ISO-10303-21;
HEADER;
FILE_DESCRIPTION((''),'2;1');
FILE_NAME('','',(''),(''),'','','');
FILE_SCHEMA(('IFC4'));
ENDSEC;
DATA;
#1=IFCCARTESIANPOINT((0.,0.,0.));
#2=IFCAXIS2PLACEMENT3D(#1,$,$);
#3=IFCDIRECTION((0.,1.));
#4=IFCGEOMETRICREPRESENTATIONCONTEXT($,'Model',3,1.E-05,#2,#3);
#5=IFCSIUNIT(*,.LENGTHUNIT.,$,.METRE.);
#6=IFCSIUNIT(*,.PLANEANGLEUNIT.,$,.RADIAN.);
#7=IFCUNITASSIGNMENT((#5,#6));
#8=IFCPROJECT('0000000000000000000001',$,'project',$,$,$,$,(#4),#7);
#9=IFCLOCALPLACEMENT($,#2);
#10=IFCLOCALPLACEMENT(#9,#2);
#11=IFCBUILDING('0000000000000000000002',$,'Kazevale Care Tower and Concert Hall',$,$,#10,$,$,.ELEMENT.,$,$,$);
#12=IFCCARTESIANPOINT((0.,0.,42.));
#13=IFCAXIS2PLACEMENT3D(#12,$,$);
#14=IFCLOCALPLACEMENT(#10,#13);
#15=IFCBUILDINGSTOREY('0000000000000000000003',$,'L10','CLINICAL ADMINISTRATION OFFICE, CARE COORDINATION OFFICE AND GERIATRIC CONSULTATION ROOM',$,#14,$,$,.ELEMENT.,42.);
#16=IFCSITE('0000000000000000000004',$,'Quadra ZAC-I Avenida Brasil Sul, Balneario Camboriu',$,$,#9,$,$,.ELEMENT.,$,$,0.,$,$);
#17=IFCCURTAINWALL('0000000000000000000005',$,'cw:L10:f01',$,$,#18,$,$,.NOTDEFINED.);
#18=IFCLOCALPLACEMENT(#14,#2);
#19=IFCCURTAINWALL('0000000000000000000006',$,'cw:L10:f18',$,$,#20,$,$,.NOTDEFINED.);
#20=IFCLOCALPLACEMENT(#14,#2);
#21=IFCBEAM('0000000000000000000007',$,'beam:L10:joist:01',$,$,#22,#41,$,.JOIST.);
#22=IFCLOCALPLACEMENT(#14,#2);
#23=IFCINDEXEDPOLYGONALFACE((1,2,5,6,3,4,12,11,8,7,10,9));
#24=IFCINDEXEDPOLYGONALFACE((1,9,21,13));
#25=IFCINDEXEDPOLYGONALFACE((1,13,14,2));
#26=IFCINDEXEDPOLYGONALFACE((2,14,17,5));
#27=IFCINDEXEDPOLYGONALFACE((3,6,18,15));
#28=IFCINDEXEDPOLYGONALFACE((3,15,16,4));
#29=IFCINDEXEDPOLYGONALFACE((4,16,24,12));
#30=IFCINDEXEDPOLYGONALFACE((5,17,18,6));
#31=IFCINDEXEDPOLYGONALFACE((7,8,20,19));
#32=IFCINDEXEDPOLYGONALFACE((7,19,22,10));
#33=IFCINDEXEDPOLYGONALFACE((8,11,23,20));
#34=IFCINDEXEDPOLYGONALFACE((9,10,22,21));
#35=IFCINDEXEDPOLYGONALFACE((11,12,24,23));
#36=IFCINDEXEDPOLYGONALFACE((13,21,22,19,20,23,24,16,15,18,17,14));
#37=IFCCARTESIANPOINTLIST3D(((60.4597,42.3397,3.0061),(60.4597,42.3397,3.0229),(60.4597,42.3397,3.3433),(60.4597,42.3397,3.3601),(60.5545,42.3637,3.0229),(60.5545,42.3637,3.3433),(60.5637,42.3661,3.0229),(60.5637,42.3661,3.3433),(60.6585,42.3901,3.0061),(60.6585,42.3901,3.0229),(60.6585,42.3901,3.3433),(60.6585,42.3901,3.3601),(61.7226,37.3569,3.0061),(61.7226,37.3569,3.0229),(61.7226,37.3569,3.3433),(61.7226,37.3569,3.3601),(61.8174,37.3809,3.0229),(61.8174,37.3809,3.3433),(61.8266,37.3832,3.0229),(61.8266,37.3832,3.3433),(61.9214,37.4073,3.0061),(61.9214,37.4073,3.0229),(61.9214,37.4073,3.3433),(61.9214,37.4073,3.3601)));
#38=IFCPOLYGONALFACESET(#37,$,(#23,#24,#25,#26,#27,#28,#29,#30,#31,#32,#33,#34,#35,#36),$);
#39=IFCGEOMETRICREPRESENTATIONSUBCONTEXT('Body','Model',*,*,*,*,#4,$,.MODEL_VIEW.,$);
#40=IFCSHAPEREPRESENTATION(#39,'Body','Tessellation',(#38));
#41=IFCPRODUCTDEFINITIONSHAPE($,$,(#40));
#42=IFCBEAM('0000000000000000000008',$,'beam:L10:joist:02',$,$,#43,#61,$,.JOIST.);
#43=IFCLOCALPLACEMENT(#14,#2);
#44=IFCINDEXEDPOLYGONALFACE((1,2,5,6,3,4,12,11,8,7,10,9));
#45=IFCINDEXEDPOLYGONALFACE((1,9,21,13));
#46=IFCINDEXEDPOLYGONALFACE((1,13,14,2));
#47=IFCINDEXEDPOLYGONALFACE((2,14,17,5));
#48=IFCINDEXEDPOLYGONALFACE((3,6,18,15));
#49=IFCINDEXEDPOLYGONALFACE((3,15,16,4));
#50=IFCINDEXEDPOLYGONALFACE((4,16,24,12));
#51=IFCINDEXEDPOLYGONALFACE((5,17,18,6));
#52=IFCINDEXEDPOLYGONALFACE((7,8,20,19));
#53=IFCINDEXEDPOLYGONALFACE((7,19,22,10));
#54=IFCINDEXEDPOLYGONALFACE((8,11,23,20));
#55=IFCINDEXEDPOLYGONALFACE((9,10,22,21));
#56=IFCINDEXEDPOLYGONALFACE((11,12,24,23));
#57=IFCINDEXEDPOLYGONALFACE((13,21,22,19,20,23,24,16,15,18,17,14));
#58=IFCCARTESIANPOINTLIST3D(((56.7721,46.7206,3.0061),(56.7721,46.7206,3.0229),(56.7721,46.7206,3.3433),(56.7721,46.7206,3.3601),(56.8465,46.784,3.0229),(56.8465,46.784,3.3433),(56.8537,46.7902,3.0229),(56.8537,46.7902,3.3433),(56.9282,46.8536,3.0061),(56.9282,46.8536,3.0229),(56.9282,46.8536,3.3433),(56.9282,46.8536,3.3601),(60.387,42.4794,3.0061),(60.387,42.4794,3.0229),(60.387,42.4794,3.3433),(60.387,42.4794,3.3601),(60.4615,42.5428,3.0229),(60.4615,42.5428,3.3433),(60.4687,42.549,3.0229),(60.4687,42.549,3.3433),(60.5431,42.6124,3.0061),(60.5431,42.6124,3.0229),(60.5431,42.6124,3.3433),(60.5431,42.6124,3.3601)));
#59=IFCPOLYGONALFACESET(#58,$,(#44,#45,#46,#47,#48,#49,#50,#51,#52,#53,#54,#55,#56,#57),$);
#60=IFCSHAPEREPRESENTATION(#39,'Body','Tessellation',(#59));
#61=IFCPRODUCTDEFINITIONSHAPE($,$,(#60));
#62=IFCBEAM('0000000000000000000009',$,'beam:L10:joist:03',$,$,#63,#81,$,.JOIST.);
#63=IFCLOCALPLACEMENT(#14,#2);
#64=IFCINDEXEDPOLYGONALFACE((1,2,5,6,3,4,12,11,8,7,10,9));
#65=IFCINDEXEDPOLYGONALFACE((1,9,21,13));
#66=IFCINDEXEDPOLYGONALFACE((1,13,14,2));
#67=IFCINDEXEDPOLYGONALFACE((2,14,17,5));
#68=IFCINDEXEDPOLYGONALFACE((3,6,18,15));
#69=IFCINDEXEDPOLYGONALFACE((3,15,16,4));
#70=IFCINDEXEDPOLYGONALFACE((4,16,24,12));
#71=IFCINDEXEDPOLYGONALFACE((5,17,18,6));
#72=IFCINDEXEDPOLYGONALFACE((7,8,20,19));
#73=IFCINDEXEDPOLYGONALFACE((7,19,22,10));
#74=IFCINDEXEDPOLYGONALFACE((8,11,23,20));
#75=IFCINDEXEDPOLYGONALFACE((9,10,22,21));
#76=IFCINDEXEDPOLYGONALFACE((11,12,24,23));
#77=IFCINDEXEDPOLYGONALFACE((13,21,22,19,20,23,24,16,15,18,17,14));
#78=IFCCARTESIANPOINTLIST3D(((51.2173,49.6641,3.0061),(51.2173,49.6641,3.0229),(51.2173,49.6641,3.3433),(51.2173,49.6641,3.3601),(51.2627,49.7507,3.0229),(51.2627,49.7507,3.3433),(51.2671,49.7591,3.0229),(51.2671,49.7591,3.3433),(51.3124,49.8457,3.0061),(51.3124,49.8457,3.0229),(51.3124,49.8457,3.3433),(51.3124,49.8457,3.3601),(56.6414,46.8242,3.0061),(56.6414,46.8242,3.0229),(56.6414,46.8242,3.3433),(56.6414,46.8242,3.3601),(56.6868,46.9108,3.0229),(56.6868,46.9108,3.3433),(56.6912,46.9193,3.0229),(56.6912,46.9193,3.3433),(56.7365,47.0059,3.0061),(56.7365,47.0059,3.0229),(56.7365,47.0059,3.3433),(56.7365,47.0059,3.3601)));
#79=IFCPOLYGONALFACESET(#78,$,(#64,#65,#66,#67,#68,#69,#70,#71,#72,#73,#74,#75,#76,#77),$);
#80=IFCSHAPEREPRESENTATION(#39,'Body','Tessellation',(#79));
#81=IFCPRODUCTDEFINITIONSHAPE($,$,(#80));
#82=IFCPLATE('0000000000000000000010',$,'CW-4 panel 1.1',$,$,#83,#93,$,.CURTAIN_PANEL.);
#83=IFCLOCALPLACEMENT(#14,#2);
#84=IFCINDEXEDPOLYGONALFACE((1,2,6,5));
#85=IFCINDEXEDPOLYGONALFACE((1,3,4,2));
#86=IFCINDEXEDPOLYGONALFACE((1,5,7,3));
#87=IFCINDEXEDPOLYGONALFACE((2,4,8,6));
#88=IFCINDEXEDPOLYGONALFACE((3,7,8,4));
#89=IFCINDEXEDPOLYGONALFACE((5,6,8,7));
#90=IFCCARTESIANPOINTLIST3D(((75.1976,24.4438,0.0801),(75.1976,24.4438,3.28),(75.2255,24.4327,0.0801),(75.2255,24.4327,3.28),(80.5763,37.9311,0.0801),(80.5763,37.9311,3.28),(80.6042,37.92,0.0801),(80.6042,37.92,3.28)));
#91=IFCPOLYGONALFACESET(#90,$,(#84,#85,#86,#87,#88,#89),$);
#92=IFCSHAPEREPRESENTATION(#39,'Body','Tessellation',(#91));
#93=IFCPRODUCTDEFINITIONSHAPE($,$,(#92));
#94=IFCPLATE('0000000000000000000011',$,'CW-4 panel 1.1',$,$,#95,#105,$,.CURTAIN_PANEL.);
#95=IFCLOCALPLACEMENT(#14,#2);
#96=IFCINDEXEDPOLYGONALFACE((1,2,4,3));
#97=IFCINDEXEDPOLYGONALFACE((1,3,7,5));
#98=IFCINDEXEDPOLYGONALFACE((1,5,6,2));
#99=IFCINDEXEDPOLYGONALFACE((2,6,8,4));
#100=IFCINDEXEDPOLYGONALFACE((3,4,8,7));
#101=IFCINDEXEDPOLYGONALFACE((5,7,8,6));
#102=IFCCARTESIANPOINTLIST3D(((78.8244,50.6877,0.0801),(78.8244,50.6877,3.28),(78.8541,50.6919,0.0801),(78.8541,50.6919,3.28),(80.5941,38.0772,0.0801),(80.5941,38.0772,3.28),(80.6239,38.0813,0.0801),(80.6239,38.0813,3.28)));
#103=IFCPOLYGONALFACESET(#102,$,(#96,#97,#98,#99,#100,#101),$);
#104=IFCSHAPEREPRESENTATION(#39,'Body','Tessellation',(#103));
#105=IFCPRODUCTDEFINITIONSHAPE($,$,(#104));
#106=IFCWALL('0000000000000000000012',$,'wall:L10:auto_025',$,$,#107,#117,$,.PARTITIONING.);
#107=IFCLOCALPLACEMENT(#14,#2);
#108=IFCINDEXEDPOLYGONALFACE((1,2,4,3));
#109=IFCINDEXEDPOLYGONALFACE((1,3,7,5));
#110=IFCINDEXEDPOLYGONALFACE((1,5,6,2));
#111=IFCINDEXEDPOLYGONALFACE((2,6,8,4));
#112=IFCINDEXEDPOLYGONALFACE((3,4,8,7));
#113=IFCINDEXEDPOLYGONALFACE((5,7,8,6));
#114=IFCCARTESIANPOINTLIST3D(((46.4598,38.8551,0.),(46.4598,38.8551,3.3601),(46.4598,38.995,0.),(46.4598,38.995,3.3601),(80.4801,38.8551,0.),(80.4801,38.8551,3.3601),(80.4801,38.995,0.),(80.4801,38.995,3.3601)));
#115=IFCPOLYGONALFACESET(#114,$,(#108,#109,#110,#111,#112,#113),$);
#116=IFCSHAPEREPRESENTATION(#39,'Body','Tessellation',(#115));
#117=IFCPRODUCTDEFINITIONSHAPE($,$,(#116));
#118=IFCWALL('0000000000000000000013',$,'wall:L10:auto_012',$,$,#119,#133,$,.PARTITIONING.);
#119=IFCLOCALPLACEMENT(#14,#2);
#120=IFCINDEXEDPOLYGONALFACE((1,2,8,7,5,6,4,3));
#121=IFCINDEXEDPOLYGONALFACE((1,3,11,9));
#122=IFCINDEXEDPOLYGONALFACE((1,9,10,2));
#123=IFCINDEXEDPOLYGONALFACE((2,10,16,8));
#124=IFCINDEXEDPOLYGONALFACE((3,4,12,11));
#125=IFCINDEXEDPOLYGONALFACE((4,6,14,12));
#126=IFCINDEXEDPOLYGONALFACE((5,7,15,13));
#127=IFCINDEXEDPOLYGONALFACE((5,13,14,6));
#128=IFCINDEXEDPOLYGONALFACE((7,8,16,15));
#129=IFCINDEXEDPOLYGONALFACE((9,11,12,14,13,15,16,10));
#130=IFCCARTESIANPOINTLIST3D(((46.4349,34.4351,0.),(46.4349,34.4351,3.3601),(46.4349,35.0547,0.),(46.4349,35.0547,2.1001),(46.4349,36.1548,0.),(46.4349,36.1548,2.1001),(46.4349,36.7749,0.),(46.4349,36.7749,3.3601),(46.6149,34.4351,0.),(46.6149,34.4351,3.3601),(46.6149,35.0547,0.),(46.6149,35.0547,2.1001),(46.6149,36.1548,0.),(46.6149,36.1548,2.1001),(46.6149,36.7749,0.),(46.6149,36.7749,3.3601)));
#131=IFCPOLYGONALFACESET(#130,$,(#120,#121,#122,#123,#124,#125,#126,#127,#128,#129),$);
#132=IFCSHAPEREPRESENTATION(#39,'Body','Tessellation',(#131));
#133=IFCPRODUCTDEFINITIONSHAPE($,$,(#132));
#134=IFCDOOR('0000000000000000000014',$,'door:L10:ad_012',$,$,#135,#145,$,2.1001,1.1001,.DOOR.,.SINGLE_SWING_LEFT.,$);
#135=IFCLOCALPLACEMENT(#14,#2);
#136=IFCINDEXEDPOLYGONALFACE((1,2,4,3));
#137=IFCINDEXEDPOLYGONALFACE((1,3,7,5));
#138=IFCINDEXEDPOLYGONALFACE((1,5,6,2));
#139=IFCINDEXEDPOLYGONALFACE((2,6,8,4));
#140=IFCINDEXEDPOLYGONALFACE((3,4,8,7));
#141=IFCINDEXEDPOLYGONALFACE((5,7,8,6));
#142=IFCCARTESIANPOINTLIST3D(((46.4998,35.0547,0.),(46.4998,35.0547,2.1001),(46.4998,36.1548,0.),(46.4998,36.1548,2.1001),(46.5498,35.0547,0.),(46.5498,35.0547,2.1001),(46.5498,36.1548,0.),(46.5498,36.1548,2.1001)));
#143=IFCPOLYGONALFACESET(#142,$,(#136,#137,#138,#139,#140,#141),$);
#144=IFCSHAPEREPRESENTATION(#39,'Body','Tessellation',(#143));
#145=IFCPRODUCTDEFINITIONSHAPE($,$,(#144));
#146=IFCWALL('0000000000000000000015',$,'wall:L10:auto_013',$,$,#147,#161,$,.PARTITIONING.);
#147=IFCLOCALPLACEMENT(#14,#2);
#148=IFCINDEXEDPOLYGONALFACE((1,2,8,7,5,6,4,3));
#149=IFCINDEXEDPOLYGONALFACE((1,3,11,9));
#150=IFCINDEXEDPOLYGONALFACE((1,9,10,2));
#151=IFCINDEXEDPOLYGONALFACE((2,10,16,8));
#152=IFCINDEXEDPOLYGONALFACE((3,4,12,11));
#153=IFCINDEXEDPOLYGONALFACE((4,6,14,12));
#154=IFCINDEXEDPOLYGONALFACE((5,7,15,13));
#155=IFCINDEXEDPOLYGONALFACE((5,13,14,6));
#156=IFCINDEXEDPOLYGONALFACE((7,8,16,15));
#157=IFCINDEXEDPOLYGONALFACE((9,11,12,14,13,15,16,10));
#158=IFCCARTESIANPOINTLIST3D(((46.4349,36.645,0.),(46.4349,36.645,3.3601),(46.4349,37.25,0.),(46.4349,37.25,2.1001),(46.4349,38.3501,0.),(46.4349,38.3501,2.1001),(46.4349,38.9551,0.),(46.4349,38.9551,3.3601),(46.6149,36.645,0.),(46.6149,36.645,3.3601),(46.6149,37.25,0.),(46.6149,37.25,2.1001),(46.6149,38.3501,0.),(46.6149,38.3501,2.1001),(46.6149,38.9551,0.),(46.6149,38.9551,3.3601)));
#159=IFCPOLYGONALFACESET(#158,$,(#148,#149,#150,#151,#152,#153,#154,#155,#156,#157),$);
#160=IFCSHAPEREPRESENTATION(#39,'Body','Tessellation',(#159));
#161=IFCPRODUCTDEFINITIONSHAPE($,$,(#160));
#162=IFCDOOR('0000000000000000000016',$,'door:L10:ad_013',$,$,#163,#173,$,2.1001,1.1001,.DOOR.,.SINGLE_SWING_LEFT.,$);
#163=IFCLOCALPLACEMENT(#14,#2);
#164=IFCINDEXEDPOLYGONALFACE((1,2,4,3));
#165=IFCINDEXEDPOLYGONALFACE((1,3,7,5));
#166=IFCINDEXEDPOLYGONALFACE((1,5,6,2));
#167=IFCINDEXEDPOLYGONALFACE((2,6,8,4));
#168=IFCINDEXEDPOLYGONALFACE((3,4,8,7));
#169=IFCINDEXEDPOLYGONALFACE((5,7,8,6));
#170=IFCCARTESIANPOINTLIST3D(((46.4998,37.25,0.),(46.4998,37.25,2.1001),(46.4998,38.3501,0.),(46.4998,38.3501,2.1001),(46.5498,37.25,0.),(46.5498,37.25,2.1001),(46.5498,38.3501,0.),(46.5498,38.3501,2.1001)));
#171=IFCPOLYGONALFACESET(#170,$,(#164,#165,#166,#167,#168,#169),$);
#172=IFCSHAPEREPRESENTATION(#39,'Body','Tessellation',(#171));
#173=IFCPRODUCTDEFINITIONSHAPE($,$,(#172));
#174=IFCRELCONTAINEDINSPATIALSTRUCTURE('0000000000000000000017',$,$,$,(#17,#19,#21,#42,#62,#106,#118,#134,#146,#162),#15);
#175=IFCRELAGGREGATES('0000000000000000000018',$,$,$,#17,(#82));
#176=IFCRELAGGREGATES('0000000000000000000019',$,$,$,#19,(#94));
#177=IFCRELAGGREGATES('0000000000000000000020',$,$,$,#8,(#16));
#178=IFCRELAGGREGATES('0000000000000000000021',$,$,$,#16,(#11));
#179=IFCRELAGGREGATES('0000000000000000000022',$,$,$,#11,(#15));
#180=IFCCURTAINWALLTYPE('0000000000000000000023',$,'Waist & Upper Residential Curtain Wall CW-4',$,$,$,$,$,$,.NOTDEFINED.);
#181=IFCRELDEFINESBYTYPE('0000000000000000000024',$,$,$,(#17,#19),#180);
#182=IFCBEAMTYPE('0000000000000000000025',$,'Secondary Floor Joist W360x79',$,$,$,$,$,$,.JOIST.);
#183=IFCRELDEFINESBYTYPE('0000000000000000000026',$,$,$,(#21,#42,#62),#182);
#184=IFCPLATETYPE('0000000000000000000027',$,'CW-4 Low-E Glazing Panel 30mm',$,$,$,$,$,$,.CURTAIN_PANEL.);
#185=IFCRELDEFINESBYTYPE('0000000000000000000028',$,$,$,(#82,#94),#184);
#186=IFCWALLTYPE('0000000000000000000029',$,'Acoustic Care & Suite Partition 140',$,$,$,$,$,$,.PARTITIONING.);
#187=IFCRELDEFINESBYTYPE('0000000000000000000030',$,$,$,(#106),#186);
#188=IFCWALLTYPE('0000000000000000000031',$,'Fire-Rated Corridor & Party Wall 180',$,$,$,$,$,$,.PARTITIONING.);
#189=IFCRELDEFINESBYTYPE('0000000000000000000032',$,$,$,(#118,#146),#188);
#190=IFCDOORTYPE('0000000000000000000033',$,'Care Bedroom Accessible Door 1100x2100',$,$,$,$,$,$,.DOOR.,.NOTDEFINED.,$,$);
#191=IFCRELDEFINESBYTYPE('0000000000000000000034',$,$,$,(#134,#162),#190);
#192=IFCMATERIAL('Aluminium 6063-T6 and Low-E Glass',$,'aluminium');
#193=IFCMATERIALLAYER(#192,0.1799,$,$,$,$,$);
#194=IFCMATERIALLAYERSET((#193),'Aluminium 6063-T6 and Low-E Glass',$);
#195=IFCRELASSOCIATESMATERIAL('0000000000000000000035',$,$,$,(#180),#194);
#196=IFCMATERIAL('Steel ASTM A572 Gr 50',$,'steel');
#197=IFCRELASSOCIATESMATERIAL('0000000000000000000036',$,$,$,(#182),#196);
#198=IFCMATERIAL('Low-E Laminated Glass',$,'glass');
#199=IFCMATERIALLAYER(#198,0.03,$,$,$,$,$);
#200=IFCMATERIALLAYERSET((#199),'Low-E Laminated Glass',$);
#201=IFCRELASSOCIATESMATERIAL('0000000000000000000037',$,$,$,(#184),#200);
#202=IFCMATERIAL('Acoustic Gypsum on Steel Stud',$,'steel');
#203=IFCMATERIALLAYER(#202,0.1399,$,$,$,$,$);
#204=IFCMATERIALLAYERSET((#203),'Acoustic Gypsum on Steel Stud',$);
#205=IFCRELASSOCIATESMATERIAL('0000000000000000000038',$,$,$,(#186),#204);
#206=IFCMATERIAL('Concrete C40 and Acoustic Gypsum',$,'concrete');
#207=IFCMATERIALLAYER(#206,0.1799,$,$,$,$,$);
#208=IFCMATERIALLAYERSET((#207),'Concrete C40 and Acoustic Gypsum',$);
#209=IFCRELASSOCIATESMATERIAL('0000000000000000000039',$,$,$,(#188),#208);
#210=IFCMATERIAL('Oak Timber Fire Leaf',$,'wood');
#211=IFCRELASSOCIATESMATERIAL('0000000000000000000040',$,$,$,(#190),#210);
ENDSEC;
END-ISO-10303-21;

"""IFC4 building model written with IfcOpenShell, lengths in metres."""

from ifc_helpers import new_model, si_unit, direction, frame, frame_2d, origin, origin_2d, place, context, subcontext, project, spatial, rectangle, i_section, extrude, material, layer, layer_set, material_profile, profile_set, type_object, element, fill, aggregate, save


model = new_model("IFC4")

# Units and contexts
model_context = context("Model", 3, precision=1e-05, world=origin(), true_north=direction((0.0, 1.0)))
body_context = subcontext(model_context, "Body", "Model", "MODEL_VIEW")
ifc_project = project(units=[si_unit("LENGTHUNIT", "METRE"), si_unit("PLANEANGLEUNIT", "RADIAN")], contexts=[model_context])

# Site, building, storey
site_placement = place(None, origin())
site = spatial("IfcSite", under=ifc_project, at=site_placement, Name="Quadra ZAC-I Avenida Brasil Sul, Balneario Camboriu", CompositionType="ELEMENT", RefElevation=0.0)
building_placement = place(site_placement, origin())
building = spatial("IfcBuilding", under=site, at=building_placement, Name="Kazevale Care Tower and Concert Hall", CompositionType="ELEMENT")
storey_placement = place(building_placement, frame((0.0, 0.0, 42.0)))
storey = spatial("IfcBuildingStorey", under=building, at=storey_placement, Name="L10", Description="CLINICAL ADMINISTRATION OFFICE, CARE COORDINATION OFFICE AND GERIATRIC CONSULTATION ROOM", CompositionType="ELEMENT", Elevation=42.0)

# Curtain walls
ifc_material_1 = material(Name="Aluminium 6063-T6 and Low-E Glass", Category="aluminium")
ifc_layer_1 = layer(ifc_material_1, 0.1799)
ifc_layer_set_1 = layer_set([ifc_layer_1], Name="Aluminium 6063-T6 and Low-E Glass")
curtain_wall_type = type_object("IfcCurtainWallType", Name="Waist & Upper Residential Curtain Wall CW-4", PredefinedType="NOTDEFINED", material=ifc_layer_set_1)
curtain_wall_1_placement = place(storey_placement, origin())
curtain_wall_1 = element("IfcCurtainWall", 1, at=curtain_wall_1_placement, inside=storey, type_object=curtain_wall_type, Name="cw:L10:f01", PredefinedType="NOTDEFINED")
curtain_wall_2_placement = place(storey_placement, origin())
curtain_wall_2 = element("IfcCurtainWall", 2, at=curtain_wall_2_placement, inside=storey, type_object=curtain_wall_type, Name="cw:L10:f18", PredefinedType="NOTDEFINED")

# Beams
ifc_material_2 = material(Name="Steel ASTM A572 Gr 50", Category="steel")
ifc_material_profile_1 = material_profile(ifc_material_2, i_section(OverallWidth=0.2051, OverallDepth=0.354, WebThickness=0.0095, FlangeThickness=0.0168, at=origin_2d()), Name="W360x79")
ifc_profile_set_1 = profile_set([ifc_material_profile_1], Name="Steel ASTM A572 Gr 50")
beam_type_1 = type_object("IfcBeamType", Name="Secondary Floor Joist W360x79", PredefinedType="JOIST", material=ifc_profile_set_1)
beam_1_placement = place(storey_placement, frame((61.822, 37.3821, 3.1831), z_axis=(-0.245686, 0.96935, 0.0), x_axis=(-0.96935, -0.245686, 0.0)))
element("IfcBeam", 3, at=beam_1_placement, inside=storey, type_object=beam_type_1, Name="beam:L10:joist:01", PredefinedType="JOIST", context=body_context, shape_type="SweptSolid", body=[
    extrude(i_section(OverallWidth=0.2051, OverallDepth=0.354, WebThickness=0.0095, FlangeThickness=0.0168, at=origin_2d()), origin(), (0.0, 0.0, 1.0), 5.1404),
])
beam_2_placement = place(storey_placement, frame((60.4651, 42.5459, 3.1831), z_axis=(-0.648686, 0.761057, 0.0), x_axis=(-0.761057, -0.648686, 0.0)))
element("IfcBeam", 4, at=beam_2_placement, inside=storey, type_object=beam_type_1, Name="beam:L10:joist:02", PredefinedType="JOIST", context=body_context, shape_type="SweptSolid", body=[
    extrude(i_section(OverallWidth=0.2051, OverallDepth=0.354, WebThickness=0.0095, FlangeThickness=0.0168, at=origin_2d()), origin(), (0.0, 0.0, 1.0), 5.5728),
])
beam_3_placement = place(storey_placement, frame((56.689, 46.915, 3.1831), z_axis=(-0.885921, 0.463836, 0.0), x_axis=(-0.463836, -0.885921, 0.0)))
element("IfcBeam", 5, at=beam_3_placement, inside=storey, type_object=beam_type_1, Name="beam:L10:joist:03", PredefinedType="JOIST", context=body_context, shape_type="SweptSolid", body=[
    extrude(i_section(OverallWidth=0.2051, OverallDepth=0.354, WebThickness=0.0095, FlangeThickness=0.0168, at=origin_2d()), origin(), (0.0, 0.0, 1.0), 6.1226),
])

# Plates
ifc_material_3 = material(Name="Low-E Laminated Glass", Category="glass")
ifc_layer_2 = layer(ifc_material_3, 0.03)
ifc_layer_set_2 = layer_set([ifc_layer_2], Name="Low-E Laminated Glass")
plate_type = type_object("IfcPlateType", Name="CW-4 Low-E Glazing Panel 30mm", PredefinedType="CURTAIN_PANEL", material=ifc_layer_set_2)
plate_1_placement = place(storey_placement, frame((77.9009, 31.1819, 0.0801), z_axis=(0.0, 0.0, 1.0), x_axis=(-0.370427, -0.928861, 0.0)))
plate_1 = element("IfcPlate", 6, at=plate_1_placement, type_object=plate_type, Name="CW-4 panel 1.1", PredefinedType="CURTAIN_PANEL", context=body_context, shape_type="SweptSolid", body=[
    extrude(rectangle(XDim=14.5203, YDim=0.03, at=origin_2d()), origin(), (0.0, 0.0, 1.0), 3.2),
])
aggregate(curtain_wall_1, [plate_1])
plate_2_placement = place(storey_placement, frame((79.7241, 44.3845, 0.0801), z_axis=(0.0, 0.0, 1.0), x_axis=(0.138978, -0.990295, 0.0)))
plate_2 = element("IfcPlate", 7, at=plate_2_placement, type_object=plate_type, Name="CW-4 panel 1.1", PredefinedType="CURTAIN_PANEL", context=body_context, shape_type="SweptSolid", body=[
    extrude(rectangle(XDim=12.7341, YDim=0.03, at=origin_2d()), origin(), (0.0, 0.0, 1.0), 3.2),
])
aggregate(curtain_wall_2, [plate_2])

# Wall
ifc_material_4 = material(Name="Acoustic Gypsum on Steel Stud", Category="steel")
ifc_layer_3 = layer(ifc_material_4, 0.1399)
ifc_layer_set_3 = layer_set([ifc_layer_3], Name="Acoustic Gypsum on Steel Stud")
wall_type_1 = type_object("IfcWallType", Name="Acoustic Care & Suite Partition 140", PredefinedType="PARTITIONING", material=ifc_layer_set_3)
wall_1_placement = place(storey_placement, frame((80.4802, 38.925, 0.0), z_axis=(0.0, 0.0, 1.0), x_axis=(-1.0, 0.0, 0.0)))
element("IfcWall", 8, at=wall_1_placement, inside=storey, type_object=wall_type_1, Name="wall:L10:auto_025", PredefinedType="PARTITIONING", context=body_context, shape_type="SweptSolid", body=[
    extrude(rectangle(XDim=34.0203, YDim=0.1399, at=frame_2d((17.0103, 0.0))), origin(), (0.0, 0.0, 1.0), 3.3601),
])

# Walls, openings, doors
ifc_material_5 = material(Name="Concrete C40 and Acoustic Gypsum", Category="concrete")
ifc_layer_4 = layer(ifc_material_5, 0.1799)
ifc_layer_set_4 = layer_set([ifc_layer_4], Name="Concrete C40 and Acoustic Gypsum")
wall_type_2 = type_object("IfcWallType", Name="Fire-Rated Corridor & Party Wall 180", PredefinedType="PARTITIONING", material=ifc_layer_set_4)
wall_2_placement = place(storey_placement, frame((46.5249, 36.7749, 0.0), z_axis=(0.0, 0.0, 1.0), x_axis=(0.0, -1.0, 0.0)))
wall_2 = element("IfcWall", 9, at=wall_2_placement, inside=storey, type_object=wall_type_2, Name="wall:L10:auto_012", PredefinedType="PARTITIONING", context=body_context, shape_type="SweptSolid", body=[
    extrude(rectangle(XDim=2.3398, YDim=0.1799, at=frame_2d((1.1699, 0.0))), origin(), (0.0, 0.0, 1.0), 3.3601),
])
opening_1_placement = place(wall_2_placement, frame((0.6201, 0.0, 0.0)))
opening_1 = element("IfcOpeningElement", 10, at=opening_1_placement, cuts=wall_2, PredefinedType="OPENING", context=body_context, shape_type="SweptSolid", body=[
    extrude(rectangle(XDim=1.1001, YDim=2.1001, at=frame_2d((0.55, 1.05))), frame((0.0, 0.0999, 0.0), z_axis=(0.0, -1.0, 0.0), x_axis=(1.0, 0.0, 0.0)), (0.0, 0.0, 1.0), 0.2),
])
ifc_material_6 = material(Name="Oak Timber Fire Leaf", Category="wood")
door_type = type_object("IfcDoorType", Name="Care Bedroom Accessible Door 1100x2100", OperationType="NOTDEFINED", PredefinedType="DOOR", material=ifc_material_6)
door_1_placement = place(opening_1_placement, origin())
door_1 = element("IfcDoor", 11, at=door_1_placement, inside=storey, type_object=door_type, Name="door:L10:ad_012", OperationType="SINGLE_SWING_LEFT", OverallHeight=2.1001, OverallWidth=1.1001, PredefinedType="DOOR", context=body_context, shape_type="SweptSolid", body=[
    extrude(rectangle(XDim=1.1001, YDim=2.1001, at=frame_2d((0.55, 1.05))), frame((0.0, 0.0249, 0.0), z_axis=(0.0, -1.0, 0.0), x_axis=(1.0, 0.0, 0.0)), (0.0, 0.0, 1.0), 0.05),
])
fill(opening_1, door_1)
wall_3_placement = place(storey_placement, frame((46.5249, 38.9551, 0.0), z_axis=(0.0, 0.0, 1.0), x_axis=(0.0, -1.0, 0.0)))
wall_3 = element("IfcWall", 12, at=wall_3_placement, inside=storey, type_object=wall_type_2, Name="wall:L10:auto_013", PredefinedType="PARTITIONING", context=body_context, shape_type="SweptSolid", body=[
    extrude(rectangle(XDim=2.3101, YDim=0.1799, at=frame_2d((1.155, 0.0))), origin(), (0.0, 0.0, 1.0), 3.3601),
])
opening_2_placement = place(wall_3_placement, frame((0.605, 0.0, 0.0)))
opening_2 = element("IfcOpeningElement", 13, at=opening_2_placement, cuts=wall_3, PredefinedType="OPENING", context=body_context, shape_type="SweptSolid", body=[
    extrude(rectangle(XDim=1.1001, YDim=2.1001, at=frame_2d((0.55, 1.05))), frame((0.0, 0.0999, 0.0), z_axis=(0.0, -1.0, 0.0), x_axis=(1.0, 0.0, 0.0)), (0.0, 0.0, 1.0), 0.2),
])
door_2_placement = place(opening_2_placement, origin())
door_2 = element("IfcDoor", 14, at=door_2_placement, inside=storey, type_object=door_type, Name="door:L10:ad_013", OperationType="SINGLE_SWING_LEFT", OverallHeight=2.1001, OverallWidth=1.1001, PredefinedType="DOOR", context=body_context, shape_type="SweptSolid", body=[
    extrude(rectangle(XDim=1.1001, YDim=2.1001, at=frame_2d((0.55, 1.05))), frame((0.0, 0.0249, 0.0), z_axis=(0.0, -1.0, 0.0), x_axis=(1.0, 0.0, 0.0)), (0.0, 0.0, 1.0), 0.05),
])
fill(opening_2, door_2)

save(model, "model.ifc")
